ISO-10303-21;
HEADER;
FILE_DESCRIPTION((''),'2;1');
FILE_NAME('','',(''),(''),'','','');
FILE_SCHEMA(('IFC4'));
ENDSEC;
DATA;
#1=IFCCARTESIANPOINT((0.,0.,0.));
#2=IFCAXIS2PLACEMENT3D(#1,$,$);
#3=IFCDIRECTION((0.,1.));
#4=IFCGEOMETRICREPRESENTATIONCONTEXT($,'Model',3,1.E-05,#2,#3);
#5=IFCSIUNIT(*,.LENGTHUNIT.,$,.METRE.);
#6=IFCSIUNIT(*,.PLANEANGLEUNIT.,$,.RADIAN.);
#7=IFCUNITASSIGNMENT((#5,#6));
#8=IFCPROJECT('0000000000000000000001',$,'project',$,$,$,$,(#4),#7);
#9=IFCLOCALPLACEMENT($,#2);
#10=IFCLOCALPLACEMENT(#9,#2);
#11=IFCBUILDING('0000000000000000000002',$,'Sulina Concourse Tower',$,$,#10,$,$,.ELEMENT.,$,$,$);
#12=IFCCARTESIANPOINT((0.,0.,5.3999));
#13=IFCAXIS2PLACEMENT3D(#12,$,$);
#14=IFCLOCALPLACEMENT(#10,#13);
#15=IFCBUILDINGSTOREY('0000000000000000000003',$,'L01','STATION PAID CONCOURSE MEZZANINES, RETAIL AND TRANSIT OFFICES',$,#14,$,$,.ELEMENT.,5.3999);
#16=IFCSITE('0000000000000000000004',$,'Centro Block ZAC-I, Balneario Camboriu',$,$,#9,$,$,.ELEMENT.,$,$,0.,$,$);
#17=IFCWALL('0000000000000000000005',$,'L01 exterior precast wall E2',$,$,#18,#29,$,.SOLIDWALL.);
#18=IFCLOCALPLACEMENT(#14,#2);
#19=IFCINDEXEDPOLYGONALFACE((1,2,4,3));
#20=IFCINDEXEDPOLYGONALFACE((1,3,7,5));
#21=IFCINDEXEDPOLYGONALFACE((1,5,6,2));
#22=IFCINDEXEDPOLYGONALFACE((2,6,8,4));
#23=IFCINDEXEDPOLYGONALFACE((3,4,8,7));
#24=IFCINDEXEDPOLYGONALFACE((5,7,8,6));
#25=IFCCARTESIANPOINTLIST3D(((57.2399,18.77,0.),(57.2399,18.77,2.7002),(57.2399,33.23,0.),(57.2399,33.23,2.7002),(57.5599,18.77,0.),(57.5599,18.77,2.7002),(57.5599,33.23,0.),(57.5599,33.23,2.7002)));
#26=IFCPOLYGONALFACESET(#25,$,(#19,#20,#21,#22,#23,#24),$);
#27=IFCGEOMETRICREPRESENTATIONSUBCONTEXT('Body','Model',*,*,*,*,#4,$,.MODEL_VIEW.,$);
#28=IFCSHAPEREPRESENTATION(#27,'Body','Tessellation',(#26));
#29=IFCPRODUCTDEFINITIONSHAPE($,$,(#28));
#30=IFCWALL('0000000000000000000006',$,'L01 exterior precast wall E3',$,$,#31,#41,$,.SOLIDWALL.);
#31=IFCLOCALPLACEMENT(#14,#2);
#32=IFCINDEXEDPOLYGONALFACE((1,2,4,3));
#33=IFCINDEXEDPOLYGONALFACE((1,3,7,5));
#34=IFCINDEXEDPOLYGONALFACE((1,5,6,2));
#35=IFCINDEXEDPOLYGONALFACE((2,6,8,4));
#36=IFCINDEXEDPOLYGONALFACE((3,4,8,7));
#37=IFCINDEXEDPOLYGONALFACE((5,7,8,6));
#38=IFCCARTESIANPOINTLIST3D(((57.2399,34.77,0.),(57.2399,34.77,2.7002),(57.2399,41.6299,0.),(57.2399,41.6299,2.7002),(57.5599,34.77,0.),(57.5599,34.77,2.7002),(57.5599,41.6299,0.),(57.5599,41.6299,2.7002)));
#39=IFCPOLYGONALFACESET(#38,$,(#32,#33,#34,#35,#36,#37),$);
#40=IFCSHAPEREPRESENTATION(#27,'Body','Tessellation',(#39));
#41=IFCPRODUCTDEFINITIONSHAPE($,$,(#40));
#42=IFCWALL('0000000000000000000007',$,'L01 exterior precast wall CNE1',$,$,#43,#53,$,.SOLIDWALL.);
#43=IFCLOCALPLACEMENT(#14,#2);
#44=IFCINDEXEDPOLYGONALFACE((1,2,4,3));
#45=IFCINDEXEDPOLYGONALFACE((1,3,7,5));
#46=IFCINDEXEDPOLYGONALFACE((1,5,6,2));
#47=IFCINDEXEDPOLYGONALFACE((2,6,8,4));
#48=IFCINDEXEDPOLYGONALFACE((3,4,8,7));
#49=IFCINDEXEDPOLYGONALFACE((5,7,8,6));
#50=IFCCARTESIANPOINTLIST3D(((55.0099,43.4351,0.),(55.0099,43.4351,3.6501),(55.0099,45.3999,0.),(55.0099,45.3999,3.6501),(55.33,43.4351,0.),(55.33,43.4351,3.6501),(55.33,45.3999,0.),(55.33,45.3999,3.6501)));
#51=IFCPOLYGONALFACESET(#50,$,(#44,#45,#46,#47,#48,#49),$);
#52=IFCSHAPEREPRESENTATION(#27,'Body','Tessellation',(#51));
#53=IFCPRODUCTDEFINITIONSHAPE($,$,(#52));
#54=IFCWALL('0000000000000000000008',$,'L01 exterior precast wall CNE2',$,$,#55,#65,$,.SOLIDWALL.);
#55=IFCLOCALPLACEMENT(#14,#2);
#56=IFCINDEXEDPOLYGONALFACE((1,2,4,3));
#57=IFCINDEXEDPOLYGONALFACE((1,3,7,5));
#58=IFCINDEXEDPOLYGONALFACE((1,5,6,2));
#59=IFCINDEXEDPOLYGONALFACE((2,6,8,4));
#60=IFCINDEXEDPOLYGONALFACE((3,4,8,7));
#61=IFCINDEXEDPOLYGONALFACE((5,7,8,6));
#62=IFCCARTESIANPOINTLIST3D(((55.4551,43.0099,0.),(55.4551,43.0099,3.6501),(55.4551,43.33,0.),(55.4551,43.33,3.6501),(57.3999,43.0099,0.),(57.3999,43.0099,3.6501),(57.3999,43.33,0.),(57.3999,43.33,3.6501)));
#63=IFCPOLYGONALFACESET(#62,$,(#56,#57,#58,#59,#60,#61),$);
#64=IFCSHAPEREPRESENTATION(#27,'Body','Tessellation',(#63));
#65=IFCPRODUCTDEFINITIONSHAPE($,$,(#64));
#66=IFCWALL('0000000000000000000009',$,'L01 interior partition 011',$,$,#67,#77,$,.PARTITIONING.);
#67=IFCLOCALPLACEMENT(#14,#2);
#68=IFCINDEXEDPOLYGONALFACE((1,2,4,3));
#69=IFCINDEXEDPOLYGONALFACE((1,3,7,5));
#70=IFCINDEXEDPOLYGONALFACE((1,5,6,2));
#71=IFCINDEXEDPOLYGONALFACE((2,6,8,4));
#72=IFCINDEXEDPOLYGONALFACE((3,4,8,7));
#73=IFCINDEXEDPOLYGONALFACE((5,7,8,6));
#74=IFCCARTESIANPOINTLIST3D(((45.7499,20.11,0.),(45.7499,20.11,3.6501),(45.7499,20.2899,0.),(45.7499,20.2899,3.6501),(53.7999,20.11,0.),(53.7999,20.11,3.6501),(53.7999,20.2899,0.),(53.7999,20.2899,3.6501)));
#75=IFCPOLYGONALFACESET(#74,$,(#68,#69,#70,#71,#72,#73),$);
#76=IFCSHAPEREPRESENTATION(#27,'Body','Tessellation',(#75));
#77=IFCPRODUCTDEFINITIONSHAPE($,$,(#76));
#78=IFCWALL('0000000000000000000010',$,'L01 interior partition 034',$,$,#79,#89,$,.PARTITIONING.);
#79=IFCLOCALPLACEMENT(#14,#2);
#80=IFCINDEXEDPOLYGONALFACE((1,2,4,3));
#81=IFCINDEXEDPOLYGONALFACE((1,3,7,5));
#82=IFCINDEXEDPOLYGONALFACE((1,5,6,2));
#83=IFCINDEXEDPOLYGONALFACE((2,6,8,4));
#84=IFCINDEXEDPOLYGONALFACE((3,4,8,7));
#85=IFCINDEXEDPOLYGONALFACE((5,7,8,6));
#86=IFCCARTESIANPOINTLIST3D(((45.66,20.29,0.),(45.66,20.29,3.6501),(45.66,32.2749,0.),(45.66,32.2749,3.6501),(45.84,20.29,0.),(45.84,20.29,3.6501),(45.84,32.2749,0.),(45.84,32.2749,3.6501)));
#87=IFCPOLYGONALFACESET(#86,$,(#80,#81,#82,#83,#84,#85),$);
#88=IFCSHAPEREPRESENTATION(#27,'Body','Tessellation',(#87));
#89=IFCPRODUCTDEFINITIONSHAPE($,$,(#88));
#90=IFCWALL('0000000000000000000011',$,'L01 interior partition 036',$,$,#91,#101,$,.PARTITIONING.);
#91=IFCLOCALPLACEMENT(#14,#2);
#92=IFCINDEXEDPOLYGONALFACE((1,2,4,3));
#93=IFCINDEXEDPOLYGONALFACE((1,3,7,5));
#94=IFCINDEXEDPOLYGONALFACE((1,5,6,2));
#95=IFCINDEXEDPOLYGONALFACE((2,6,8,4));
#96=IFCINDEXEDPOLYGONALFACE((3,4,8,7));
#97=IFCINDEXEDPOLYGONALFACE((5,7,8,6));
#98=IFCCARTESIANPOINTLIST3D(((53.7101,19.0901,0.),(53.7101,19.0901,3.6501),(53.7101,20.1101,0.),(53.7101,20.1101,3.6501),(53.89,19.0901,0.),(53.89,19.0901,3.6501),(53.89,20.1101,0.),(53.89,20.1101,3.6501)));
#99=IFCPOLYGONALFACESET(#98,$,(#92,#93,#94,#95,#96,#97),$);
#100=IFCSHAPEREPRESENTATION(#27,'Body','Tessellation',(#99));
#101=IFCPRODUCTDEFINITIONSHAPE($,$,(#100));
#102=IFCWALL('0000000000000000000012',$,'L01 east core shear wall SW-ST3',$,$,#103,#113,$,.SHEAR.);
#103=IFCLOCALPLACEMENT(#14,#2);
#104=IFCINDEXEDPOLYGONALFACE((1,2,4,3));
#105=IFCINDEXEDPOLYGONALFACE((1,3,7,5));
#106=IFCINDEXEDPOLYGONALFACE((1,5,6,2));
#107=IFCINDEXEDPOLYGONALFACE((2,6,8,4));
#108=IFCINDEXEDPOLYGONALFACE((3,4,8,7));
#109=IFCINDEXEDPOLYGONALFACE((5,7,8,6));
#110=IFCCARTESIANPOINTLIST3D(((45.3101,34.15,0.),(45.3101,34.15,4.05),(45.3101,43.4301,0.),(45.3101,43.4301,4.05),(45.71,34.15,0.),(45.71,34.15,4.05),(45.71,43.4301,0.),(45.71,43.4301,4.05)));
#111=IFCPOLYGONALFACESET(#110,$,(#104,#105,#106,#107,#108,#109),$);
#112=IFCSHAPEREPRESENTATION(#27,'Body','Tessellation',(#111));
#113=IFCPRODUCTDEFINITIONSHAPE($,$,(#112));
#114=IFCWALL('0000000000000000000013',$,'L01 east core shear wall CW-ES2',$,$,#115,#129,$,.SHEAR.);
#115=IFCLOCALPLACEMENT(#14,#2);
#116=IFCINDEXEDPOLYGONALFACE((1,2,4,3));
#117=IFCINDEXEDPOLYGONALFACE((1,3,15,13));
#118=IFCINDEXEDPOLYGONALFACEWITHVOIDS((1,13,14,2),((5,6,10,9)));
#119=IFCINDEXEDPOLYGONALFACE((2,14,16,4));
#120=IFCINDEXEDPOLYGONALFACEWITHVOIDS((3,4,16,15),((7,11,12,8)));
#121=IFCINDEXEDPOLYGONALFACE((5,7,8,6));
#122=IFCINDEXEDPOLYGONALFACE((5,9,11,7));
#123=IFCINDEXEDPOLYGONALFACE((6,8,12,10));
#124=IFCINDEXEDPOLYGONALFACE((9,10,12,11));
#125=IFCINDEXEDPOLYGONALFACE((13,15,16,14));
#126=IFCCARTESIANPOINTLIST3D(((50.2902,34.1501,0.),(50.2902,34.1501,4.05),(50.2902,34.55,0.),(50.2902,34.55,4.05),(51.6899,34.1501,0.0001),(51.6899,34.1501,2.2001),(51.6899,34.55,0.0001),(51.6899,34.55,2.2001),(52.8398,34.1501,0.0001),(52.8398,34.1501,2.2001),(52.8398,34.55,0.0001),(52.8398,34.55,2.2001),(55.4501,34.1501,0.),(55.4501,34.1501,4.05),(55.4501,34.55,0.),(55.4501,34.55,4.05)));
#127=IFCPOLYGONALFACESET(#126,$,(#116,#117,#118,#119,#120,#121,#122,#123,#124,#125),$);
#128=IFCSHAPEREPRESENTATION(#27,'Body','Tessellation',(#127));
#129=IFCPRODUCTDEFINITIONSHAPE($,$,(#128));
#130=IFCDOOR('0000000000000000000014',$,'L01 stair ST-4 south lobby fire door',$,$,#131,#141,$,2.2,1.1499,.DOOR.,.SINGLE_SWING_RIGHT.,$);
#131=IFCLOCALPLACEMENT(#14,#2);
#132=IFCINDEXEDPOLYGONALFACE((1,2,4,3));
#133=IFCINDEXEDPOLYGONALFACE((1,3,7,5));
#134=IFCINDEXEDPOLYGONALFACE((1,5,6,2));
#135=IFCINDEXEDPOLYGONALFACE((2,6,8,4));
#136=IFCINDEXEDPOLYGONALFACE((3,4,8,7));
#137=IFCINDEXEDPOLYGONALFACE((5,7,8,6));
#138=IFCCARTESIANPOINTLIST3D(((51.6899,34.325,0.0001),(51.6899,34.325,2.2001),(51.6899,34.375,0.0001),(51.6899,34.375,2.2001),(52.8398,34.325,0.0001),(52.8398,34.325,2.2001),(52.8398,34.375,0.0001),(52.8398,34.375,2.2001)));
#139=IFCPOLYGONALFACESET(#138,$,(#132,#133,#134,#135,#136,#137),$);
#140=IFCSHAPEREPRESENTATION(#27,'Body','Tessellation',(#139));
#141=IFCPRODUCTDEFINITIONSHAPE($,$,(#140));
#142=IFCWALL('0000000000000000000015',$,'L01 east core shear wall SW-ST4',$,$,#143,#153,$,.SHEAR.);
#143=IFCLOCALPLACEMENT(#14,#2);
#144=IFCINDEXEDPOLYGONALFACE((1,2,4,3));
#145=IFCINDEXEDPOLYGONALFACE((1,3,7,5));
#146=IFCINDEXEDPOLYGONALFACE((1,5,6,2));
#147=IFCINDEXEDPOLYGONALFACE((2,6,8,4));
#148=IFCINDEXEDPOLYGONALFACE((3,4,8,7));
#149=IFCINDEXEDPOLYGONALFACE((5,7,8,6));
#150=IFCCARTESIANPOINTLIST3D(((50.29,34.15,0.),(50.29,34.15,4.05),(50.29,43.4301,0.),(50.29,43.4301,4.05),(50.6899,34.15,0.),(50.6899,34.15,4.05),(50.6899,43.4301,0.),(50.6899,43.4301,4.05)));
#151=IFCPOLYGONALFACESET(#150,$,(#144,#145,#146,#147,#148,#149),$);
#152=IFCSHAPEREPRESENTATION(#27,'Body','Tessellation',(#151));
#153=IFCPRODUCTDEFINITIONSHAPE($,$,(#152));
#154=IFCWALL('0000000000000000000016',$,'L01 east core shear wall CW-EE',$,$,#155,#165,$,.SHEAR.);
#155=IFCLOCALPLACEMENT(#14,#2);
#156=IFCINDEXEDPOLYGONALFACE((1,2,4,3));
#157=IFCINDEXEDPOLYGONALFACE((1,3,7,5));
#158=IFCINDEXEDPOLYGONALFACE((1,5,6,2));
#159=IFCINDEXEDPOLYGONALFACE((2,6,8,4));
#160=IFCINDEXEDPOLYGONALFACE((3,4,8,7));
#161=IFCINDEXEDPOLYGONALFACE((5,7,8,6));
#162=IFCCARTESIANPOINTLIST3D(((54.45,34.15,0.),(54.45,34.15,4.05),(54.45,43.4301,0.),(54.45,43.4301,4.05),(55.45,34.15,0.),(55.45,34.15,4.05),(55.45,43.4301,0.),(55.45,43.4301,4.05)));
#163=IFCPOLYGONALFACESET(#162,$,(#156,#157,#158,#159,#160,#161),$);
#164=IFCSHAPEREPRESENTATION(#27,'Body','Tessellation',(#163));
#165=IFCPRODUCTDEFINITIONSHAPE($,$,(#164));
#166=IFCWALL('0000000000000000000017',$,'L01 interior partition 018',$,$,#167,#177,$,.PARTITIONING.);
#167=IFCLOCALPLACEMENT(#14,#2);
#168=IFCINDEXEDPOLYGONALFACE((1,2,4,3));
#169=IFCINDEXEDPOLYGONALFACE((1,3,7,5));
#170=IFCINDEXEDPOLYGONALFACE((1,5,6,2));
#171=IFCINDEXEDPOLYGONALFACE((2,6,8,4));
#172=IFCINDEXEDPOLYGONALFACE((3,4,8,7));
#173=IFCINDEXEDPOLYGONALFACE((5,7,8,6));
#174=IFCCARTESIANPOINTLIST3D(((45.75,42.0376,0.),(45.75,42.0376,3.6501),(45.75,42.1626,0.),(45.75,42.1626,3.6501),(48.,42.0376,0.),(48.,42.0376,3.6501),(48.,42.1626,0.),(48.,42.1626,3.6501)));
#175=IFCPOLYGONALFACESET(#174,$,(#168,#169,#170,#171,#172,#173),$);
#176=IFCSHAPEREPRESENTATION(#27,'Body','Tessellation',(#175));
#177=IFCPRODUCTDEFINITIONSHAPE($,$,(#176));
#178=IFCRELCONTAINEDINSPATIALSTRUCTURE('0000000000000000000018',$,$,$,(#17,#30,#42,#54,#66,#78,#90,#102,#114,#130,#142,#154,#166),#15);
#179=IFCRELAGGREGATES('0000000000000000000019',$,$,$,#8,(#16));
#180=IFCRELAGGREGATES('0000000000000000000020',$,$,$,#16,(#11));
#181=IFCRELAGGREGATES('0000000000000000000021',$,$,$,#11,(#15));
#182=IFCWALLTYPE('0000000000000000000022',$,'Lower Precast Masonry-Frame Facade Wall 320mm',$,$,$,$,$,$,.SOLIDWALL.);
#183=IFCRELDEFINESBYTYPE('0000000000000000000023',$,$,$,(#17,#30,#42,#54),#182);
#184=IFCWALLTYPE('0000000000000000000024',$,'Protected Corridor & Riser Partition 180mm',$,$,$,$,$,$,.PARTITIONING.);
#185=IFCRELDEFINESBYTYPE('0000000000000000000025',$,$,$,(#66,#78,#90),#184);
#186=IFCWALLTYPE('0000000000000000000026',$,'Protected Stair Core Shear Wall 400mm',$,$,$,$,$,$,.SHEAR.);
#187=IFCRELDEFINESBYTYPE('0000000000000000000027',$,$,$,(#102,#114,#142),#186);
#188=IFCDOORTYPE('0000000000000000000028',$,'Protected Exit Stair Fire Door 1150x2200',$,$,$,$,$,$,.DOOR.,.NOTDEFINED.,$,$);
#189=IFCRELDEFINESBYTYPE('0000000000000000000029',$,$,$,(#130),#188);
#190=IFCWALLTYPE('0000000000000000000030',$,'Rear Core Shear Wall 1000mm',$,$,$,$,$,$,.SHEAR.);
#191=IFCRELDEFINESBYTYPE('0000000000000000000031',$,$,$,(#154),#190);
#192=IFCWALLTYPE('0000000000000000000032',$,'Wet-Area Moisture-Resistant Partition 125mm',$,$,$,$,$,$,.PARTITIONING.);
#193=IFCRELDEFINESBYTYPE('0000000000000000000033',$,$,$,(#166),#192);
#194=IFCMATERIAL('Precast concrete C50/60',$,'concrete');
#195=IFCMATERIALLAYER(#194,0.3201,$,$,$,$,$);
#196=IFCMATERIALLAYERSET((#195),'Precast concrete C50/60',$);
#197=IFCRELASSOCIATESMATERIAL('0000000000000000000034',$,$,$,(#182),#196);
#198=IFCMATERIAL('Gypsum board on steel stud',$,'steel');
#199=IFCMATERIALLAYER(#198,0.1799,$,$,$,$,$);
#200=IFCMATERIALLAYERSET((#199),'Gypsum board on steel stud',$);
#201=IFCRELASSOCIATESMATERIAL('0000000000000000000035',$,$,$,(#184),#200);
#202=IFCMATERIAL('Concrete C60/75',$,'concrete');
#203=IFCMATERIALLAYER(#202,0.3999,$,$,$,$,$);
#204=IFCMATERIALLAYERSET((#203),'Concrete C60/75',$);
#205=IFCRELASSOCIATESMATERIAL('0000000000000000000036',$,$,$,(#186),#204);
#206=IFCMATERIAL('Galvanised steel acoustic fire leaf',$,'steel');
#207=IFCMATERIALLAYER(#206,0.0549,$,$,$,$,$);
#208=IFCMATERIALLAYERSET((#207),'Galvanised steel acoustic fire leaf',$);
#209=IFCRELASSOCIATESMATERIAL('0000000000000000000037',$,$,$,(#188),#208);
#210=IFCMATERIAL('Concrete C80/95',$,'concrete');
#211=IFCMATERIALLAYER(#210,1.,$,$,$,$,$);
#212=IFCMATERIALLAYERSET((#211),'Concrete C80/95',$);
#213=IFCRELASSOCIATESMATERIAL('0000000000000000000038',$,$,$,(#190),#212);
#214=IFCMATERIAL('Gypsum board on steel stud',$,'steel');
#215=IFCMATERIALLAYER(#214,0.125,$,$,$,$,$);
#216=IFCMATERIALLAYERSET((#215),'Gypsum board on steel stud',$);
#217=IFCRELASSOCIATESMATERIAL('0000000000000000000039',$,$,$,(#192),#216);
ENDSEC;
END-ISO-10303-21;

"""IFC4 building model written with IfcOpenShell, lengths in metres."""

from ifc_helpers import new_model, si_unit, direction, frame, frame_2d, origin, place, context, subcontext, project, spatial, rectangle, extrude, material, layer, layer_set, type_object, element, fill, save


model = new_model("IFC4")

# Units and contexts
model_context = context("Model", 3, precision=1e-05, world=origin(), true_north=direction((0.0, 1.0)))
body_context = subcontext(model_context, "Body", "Model", "MODEL_VIEW")
ifc_project = project(units=[si_unit("LENGTHUNIT", "METRE"), si_unit("PLANEANGLEUNIT", "RADIAN")], contexts=[model_context])

# Site, building, storey
site_placement = place(None, origin())
site = spatial("IfcSite", under=ifc_project, at=site_placement, Name="Centro Block ZAC-I, Balneario Camboriu", CompositionType="ELEMENT", RefElevation=0.0)
building_placement = place(site_placement, origin())
building = spatial("IfcBuilding", under=site, at=building_placement, Name="Sulina Concourse Tower", CompositionType="ELEMENT")
storey_placement = place(building_placement, frame((0.0, 0.0, 5.3999)))
storey = spatial("IfcBuildingStorey", under=building, at=storey_placement, Name="L01", Description="STATION PAID CONCOURSE MEZZANINES, RETAIL AND TRANSIT OFFICES", CompositionType="ELEMENT", Elevation=5.3999)

# Walls
ifc_material_1 = material(Name="Precast concrete C50/60", Category="concrete")
ifc_layer_1 = layer(ifc_material_1, 0.3201)
ifc_layer_set_1 = layer_set([ifc_layer_1], Name="Precast concrete C50/60")
wall_type_1 = type_object("IfcWallType", Name="Lower Precast Masonry-Frame Facade Wall 320mm", PredefinedType="SOLIDWALL", material=ifc_layer_set_1)
wall_1_placement = place(storey_placement, frame((57.3999, 33.23, 0.0), z_axis=(0.0, 0.0, 1.0), x_axis=(0.0, -1.0, 0.0)))
element("IfcWall", 1, at=wall_1_placement, inside=storey, type_object=wall_type_1, Name="L01 exterior precast wall E2", PredefinedType="SOLIDWALL", context=body_context, shape_type="SweptSolid", body=[
    extrude(rectangle(XDim=14.46, YDim=0.3201, at=frame_2d((7.23, 0.0))), origin(), (0.0, 0.0, 1.0), 2.7002),
])
wall_2_placement = place(storey_placement, frame((57.3999, 41.6299, 0.0), z_axis=(0.0, 0.0, 1.0), x_axis=(0.0, -1.0, 0.0)))
element("IfcWall", 2, at=wall_2_placement, inside=storey, type_object=wall_type_1, Name="L01 exterior precast wall E3", PredefinedType="SOLIDWALL", context=body_context, shape_type="SweptSolid", body=[
    extrude(rectangle(XDim=6.8599, YDim=0.3201, at=frame_2d((3.4299, 0.0))), origin(), (0.0, 0.0, 1.0), 2.7002),
])
wall_3_placement = place(storey_placement, frame((55.1699, 45.3999, 0.0), z_axis=(0.0, 0.0, 1.0), x_axis=(0.0, -1.0, 0.0)))
element("IfcWall", 3, at=wall_3_placement, inside=storey, type_object=wall_type_1, Name="L01 exterior precast wall CNE1", PredefinedType="SOLIDWALL", context=body_context, shape_type="SweptSolid", body=[
    extrude(rectangle(XDim=1.9648, YDim=0.3201, at=frame_2d((0.9824, 0.0))), origin(), (0.0, 0.0, 1.0), 3.6501),
])
wall_4_placement = place(storey_placement, frame((55.4551, 43.1699, 0.0), z_axis=(0.0, 0.0, 1.0), x_axis=(1.0, 0.0, 0.0)))
element("IfcWall", 4, at=wall_4_placement, inside=storey, type_object=wall_type_1, Name="L01 exterior precast wall CNE2", PredefinedType="SOLIDWALL", context=body_context, shape_type="SweptSolid", body=[
    extrude(rectangle(XDim=1.9448, YDim=0.3201, at=frame_2d((0.9724, 0.0))), origin(), (0.0, 0.0, 1.0), 3.6501),
])
ifc_material_2 = material(Name="Gypsum board on steel stud", Category="steel")
ifc_layer_2 = layer(ifc_material_2, 0.1799)
ifc_layer_set_2 = layer_set([ifc_layer_2], Name="Gypsum board on steel stud")
wall_type_2 = type_object("IfcWallType", Name="Protected Corridor & Riser Partition 180mm", PredefinedType="PARTITIONING", material=ifc_layer_set_2)
wall_5_placement = place(storey_placement, frame((45.75, 20.2, 0.0), z_axis=(0.0, 0.0, 1.0), x_axis=(1.0, 0.0, 0.0)))
element("IfcWall", 5, at=wall_5_placement, inside=storey, type_object=wall_type_2, Name="L01 interior partition 011", PredefinedType="PARTITIONING", context=body_context, shape_type="SweptSolid", body=[
    extrude(rectangle(XDim=8.05, YDim=0.1799, at=frame_2d((4.0249, 0.0))), origin(), (0.0, 0.0, 1.0), 3.6501),
])
wall_6_placement = place(storey_placement, frame((45.75, 20.29, 0.0), z_axis=(0.0, 0.0, 1.0), x_axis=(0.0, 1.0, 0.0)))
element("IfcWall", 6, at=wall_6_placement, inside=storey, type_object=wall_type_2, Name="L01 interior partition 034", PredefinedType="PARTITIONING", context=body_context, shape_type="SweptSolid", body=[
    extrude(rectangle(XDim=11.9849, YDim=0.1799, at=frame_2d((5.9924, 0.0))), origin(), (0.0, 0.0, 1.0), 3.6501),
])
wall_7_placement = place(storey_placement, frame((53.8, 19.0901, 0.0), z_axis=(0.0, 0.0, 1.0), x_axis=(0.0, 1.0, 0.0)))
element("IfcWall", 7, at=wall_7_placement, inside=storey, type_object=wall_type_2, Name="L01 interior partition 036", PredefinedType="PARTITIONING", context=body_context, shape_type="SweptSolid", body=[
    extrude(rectangle(XDim=1.02, YDim=0.1799, at=frame_2d((0.51, 0.0))), origin(), (0.0, 0.0, 1.0), 3.6501),
])
ifc_material_3 = material(Name="Concrete C60/75", Category="concrete")
ifc_layer_3 = layer(ifc_material_3, 0.3999)
ifc_layer_set_3 = layer_set([ifc_layer_3], Name="Concrete C60/75")
wall_type_3 = type_object("IfcWallType", Name="Protected Stair Core Shear Wall 400mm", PredefinedType="SHEAR", material=ifc_layer_set_3)
wall_8_placement = place(storey_placement, frame((45.51, 34.1499, 0.0), z_axis=(0.0, 0.0, 1.0), x_axis=(0.0, 1.0, 0.0)))
element("IfcWall", 8, at=wall_8_placement, inside=storey, type_object=wall_type_3, Name="L01 east core shear wall SW-ST3", PredefinedType="SHEAR", context=body_context, shape_type="SweptSolid", body=[
    extrude(rectangle(XDim=9.28, YDim=0.3999, at=frame_2d((4.6401, 0.0))), origin(), (0.0, 0.0, 1.0), 4.05),
])

# Wall, opening, door
wall_9_placement = place(storey_placement, frame((50.29, 34.3501, 0.0), z_axis=(0.0, 0.0, 1.0), x_axis=(1.0, 0.0, 0.0)))
wall_9 = element("IfcWall", 9, at=wall_9_placement, inside=storey, type_object=wall_type_3, Name="L01 east core shear wall CW-ES2", PredefinedType="SHEAR", context=body_context, shape_type="SweptSolid", body=[
    extrude(rectangle(XDim=5.1599, YDim=0.3999, at=frame_2d((2.5801, 0.0))), origin(), (0.0, 0.0, 1.0), 4.05),
])
opening_1_placement = place(wall_9_placement, frame((1.3999, 0.0, 0.0)))
opening_1 = element("IfcOpeningElement", 10, at=opening_1_placement, cuts=wall_9, PredefinedType="OPENING", context=body_context, shape_type="SweptSolid", body=[
    extrude(rectangle(XDim=1.1499, YDim=2.2, at=frame_2d((0.575, 1.1001))), frame((0.0, 0.21, 0.0), z_axis=(0.0, -1.0, 0.0), x_axis=(1.0, 0.0, 0.0)), (0.0, 0.0, 1.0), 0.4199),
])
ifc_material_4 = material(Name="Galvanised steel acoustic fire leaf", Category="steel")
ifc_layer_4 = layer(ifc_material_4, 0.0549)
ifc_layer_set_4 = layer_set([ifc_layer_4], Name="Galvanised steel acoustic fire leaf")
door_type_1 = type_object("IfcDoorType", Name="Protected Exit Stair Fire Door 1150x2200", OperationType="NOTDEFINED", PredefinedType="DOOR", material=ifc_layer_set_4)
door_1_placement = place(opening_1_placement, origin())
door_1 = element("IfcDoor", 11, at=door_1_placement, inside=storey, type_object=door_type_1, Name="L01 stair ST-4 south lobby fire door", OperationType="SINGLE_SWING_RIGHT", OverallHeight=2.2, OverallWidth=1.1499, PredefinedType="DOOR", context=body_context, shape_type="SweptSolid", body=[
    extrude(rectangle(XDim=1.1499, YDim=2.2, at=frame_2d((0.575, 1.1001))), frame((0.0, 0.0249, 0.0), z_axis=(0.0, -1.0, 0.0), x_axis=(1.0, 0.0, 0.0)), (0.0, 0.0, 1.0), 0.05),
])
fill(opening_1, door_1)

# Walls
wall_10_placement = place(storey_placement, frame((50.49, 34.1499, 0.0), z_axis=(0.0, 0.0, 1.0), x_axis=(0.0, 1.0, 0.0)))
element("IfcWall", 12, at=wall_10_placement, inside=storey, type_object=wall_type_3, Name="L01 east core shear wall SW-ST4", PredefinedType="SHEAR", context=body_context, shape_type="SweptSolid", body=[
    extrude(rectangle(XDim=9.28, YDim=0.3999, at=frame_2d((4.6401, 0.0))), origin(), (0.0, 0.0, 1.0), 4.05),
])
ifc_material_5 = material(Name="Concrete C80/95", Category="concrete")
ifc_layer_5 = layer(ifc_material_5, 1.0)
ifc_layer_set_5 = layer_set([ifc_layer_5], Name="Concrete C80/95")
wall_type_4 = type_object("IfcWallType", Name="Rear Core Shear Wall 1000mm", PredefinedType="SHEAR", material=ifc_layer_set_5)
wall_11_placement = place(storey_placement, frame((54.95, 34.1499, 0.0), z_axis=(0.0, 0.0, 1.0), x_axis=(0.0, 1.0, 0.0)))
element("IfcWall", 13, at=wall_11_placement, inside=storey, type_object=wall_type_4, Name="L01 east core shear wall CW-EE", PredefinedType="SHEAR", context=body_context, shape_type="SweptSolid", body=[
    extrude(rectangle(XDim=9.28, YDim=1.0, at=frame_2d((4.6401, 0.0))), origin(), (0.0, 0.0, 1.0), 4.05),
])
ifc_material_6 = material(Name="Gypsum board on steel stud", Category="steel")
ifc_layer_6 = layer(ifc_material_6, 0.125)
ifc_layer_set_6 = layer_set([ifc_layer_6], Name="Gypsum board on steel stud")
wall_type_5 = type_object("IfcWallType", Name="Wet-Area Moisture-Resistant Partition 125mm", PredefinedType="PARTITIONING", material=ifc_layer_set_6)
wall_12_placement = place(storey_placement, frame((45.75, 42.1001, 0.0), z_axis=(0.0, 0.0, 1.0), x_axis=(1.0, 0.0, 0.0)))
element("IfcWall", 14, at=wall_12_placement, inside=storey, type_object=wall_type_5, Name="L01 interior partition 018", PredefinedType="PARTITIONING", context=body_context, shape_type="SweptSolid", body=[
    extrude(rectangle(XDim=2.25, YDim=0.125, at=frame_2d((1.125, 0.0))), origin(), (0.0, 0.0, 1.0), 3.6501),
])

save(model, "model.ifc")
